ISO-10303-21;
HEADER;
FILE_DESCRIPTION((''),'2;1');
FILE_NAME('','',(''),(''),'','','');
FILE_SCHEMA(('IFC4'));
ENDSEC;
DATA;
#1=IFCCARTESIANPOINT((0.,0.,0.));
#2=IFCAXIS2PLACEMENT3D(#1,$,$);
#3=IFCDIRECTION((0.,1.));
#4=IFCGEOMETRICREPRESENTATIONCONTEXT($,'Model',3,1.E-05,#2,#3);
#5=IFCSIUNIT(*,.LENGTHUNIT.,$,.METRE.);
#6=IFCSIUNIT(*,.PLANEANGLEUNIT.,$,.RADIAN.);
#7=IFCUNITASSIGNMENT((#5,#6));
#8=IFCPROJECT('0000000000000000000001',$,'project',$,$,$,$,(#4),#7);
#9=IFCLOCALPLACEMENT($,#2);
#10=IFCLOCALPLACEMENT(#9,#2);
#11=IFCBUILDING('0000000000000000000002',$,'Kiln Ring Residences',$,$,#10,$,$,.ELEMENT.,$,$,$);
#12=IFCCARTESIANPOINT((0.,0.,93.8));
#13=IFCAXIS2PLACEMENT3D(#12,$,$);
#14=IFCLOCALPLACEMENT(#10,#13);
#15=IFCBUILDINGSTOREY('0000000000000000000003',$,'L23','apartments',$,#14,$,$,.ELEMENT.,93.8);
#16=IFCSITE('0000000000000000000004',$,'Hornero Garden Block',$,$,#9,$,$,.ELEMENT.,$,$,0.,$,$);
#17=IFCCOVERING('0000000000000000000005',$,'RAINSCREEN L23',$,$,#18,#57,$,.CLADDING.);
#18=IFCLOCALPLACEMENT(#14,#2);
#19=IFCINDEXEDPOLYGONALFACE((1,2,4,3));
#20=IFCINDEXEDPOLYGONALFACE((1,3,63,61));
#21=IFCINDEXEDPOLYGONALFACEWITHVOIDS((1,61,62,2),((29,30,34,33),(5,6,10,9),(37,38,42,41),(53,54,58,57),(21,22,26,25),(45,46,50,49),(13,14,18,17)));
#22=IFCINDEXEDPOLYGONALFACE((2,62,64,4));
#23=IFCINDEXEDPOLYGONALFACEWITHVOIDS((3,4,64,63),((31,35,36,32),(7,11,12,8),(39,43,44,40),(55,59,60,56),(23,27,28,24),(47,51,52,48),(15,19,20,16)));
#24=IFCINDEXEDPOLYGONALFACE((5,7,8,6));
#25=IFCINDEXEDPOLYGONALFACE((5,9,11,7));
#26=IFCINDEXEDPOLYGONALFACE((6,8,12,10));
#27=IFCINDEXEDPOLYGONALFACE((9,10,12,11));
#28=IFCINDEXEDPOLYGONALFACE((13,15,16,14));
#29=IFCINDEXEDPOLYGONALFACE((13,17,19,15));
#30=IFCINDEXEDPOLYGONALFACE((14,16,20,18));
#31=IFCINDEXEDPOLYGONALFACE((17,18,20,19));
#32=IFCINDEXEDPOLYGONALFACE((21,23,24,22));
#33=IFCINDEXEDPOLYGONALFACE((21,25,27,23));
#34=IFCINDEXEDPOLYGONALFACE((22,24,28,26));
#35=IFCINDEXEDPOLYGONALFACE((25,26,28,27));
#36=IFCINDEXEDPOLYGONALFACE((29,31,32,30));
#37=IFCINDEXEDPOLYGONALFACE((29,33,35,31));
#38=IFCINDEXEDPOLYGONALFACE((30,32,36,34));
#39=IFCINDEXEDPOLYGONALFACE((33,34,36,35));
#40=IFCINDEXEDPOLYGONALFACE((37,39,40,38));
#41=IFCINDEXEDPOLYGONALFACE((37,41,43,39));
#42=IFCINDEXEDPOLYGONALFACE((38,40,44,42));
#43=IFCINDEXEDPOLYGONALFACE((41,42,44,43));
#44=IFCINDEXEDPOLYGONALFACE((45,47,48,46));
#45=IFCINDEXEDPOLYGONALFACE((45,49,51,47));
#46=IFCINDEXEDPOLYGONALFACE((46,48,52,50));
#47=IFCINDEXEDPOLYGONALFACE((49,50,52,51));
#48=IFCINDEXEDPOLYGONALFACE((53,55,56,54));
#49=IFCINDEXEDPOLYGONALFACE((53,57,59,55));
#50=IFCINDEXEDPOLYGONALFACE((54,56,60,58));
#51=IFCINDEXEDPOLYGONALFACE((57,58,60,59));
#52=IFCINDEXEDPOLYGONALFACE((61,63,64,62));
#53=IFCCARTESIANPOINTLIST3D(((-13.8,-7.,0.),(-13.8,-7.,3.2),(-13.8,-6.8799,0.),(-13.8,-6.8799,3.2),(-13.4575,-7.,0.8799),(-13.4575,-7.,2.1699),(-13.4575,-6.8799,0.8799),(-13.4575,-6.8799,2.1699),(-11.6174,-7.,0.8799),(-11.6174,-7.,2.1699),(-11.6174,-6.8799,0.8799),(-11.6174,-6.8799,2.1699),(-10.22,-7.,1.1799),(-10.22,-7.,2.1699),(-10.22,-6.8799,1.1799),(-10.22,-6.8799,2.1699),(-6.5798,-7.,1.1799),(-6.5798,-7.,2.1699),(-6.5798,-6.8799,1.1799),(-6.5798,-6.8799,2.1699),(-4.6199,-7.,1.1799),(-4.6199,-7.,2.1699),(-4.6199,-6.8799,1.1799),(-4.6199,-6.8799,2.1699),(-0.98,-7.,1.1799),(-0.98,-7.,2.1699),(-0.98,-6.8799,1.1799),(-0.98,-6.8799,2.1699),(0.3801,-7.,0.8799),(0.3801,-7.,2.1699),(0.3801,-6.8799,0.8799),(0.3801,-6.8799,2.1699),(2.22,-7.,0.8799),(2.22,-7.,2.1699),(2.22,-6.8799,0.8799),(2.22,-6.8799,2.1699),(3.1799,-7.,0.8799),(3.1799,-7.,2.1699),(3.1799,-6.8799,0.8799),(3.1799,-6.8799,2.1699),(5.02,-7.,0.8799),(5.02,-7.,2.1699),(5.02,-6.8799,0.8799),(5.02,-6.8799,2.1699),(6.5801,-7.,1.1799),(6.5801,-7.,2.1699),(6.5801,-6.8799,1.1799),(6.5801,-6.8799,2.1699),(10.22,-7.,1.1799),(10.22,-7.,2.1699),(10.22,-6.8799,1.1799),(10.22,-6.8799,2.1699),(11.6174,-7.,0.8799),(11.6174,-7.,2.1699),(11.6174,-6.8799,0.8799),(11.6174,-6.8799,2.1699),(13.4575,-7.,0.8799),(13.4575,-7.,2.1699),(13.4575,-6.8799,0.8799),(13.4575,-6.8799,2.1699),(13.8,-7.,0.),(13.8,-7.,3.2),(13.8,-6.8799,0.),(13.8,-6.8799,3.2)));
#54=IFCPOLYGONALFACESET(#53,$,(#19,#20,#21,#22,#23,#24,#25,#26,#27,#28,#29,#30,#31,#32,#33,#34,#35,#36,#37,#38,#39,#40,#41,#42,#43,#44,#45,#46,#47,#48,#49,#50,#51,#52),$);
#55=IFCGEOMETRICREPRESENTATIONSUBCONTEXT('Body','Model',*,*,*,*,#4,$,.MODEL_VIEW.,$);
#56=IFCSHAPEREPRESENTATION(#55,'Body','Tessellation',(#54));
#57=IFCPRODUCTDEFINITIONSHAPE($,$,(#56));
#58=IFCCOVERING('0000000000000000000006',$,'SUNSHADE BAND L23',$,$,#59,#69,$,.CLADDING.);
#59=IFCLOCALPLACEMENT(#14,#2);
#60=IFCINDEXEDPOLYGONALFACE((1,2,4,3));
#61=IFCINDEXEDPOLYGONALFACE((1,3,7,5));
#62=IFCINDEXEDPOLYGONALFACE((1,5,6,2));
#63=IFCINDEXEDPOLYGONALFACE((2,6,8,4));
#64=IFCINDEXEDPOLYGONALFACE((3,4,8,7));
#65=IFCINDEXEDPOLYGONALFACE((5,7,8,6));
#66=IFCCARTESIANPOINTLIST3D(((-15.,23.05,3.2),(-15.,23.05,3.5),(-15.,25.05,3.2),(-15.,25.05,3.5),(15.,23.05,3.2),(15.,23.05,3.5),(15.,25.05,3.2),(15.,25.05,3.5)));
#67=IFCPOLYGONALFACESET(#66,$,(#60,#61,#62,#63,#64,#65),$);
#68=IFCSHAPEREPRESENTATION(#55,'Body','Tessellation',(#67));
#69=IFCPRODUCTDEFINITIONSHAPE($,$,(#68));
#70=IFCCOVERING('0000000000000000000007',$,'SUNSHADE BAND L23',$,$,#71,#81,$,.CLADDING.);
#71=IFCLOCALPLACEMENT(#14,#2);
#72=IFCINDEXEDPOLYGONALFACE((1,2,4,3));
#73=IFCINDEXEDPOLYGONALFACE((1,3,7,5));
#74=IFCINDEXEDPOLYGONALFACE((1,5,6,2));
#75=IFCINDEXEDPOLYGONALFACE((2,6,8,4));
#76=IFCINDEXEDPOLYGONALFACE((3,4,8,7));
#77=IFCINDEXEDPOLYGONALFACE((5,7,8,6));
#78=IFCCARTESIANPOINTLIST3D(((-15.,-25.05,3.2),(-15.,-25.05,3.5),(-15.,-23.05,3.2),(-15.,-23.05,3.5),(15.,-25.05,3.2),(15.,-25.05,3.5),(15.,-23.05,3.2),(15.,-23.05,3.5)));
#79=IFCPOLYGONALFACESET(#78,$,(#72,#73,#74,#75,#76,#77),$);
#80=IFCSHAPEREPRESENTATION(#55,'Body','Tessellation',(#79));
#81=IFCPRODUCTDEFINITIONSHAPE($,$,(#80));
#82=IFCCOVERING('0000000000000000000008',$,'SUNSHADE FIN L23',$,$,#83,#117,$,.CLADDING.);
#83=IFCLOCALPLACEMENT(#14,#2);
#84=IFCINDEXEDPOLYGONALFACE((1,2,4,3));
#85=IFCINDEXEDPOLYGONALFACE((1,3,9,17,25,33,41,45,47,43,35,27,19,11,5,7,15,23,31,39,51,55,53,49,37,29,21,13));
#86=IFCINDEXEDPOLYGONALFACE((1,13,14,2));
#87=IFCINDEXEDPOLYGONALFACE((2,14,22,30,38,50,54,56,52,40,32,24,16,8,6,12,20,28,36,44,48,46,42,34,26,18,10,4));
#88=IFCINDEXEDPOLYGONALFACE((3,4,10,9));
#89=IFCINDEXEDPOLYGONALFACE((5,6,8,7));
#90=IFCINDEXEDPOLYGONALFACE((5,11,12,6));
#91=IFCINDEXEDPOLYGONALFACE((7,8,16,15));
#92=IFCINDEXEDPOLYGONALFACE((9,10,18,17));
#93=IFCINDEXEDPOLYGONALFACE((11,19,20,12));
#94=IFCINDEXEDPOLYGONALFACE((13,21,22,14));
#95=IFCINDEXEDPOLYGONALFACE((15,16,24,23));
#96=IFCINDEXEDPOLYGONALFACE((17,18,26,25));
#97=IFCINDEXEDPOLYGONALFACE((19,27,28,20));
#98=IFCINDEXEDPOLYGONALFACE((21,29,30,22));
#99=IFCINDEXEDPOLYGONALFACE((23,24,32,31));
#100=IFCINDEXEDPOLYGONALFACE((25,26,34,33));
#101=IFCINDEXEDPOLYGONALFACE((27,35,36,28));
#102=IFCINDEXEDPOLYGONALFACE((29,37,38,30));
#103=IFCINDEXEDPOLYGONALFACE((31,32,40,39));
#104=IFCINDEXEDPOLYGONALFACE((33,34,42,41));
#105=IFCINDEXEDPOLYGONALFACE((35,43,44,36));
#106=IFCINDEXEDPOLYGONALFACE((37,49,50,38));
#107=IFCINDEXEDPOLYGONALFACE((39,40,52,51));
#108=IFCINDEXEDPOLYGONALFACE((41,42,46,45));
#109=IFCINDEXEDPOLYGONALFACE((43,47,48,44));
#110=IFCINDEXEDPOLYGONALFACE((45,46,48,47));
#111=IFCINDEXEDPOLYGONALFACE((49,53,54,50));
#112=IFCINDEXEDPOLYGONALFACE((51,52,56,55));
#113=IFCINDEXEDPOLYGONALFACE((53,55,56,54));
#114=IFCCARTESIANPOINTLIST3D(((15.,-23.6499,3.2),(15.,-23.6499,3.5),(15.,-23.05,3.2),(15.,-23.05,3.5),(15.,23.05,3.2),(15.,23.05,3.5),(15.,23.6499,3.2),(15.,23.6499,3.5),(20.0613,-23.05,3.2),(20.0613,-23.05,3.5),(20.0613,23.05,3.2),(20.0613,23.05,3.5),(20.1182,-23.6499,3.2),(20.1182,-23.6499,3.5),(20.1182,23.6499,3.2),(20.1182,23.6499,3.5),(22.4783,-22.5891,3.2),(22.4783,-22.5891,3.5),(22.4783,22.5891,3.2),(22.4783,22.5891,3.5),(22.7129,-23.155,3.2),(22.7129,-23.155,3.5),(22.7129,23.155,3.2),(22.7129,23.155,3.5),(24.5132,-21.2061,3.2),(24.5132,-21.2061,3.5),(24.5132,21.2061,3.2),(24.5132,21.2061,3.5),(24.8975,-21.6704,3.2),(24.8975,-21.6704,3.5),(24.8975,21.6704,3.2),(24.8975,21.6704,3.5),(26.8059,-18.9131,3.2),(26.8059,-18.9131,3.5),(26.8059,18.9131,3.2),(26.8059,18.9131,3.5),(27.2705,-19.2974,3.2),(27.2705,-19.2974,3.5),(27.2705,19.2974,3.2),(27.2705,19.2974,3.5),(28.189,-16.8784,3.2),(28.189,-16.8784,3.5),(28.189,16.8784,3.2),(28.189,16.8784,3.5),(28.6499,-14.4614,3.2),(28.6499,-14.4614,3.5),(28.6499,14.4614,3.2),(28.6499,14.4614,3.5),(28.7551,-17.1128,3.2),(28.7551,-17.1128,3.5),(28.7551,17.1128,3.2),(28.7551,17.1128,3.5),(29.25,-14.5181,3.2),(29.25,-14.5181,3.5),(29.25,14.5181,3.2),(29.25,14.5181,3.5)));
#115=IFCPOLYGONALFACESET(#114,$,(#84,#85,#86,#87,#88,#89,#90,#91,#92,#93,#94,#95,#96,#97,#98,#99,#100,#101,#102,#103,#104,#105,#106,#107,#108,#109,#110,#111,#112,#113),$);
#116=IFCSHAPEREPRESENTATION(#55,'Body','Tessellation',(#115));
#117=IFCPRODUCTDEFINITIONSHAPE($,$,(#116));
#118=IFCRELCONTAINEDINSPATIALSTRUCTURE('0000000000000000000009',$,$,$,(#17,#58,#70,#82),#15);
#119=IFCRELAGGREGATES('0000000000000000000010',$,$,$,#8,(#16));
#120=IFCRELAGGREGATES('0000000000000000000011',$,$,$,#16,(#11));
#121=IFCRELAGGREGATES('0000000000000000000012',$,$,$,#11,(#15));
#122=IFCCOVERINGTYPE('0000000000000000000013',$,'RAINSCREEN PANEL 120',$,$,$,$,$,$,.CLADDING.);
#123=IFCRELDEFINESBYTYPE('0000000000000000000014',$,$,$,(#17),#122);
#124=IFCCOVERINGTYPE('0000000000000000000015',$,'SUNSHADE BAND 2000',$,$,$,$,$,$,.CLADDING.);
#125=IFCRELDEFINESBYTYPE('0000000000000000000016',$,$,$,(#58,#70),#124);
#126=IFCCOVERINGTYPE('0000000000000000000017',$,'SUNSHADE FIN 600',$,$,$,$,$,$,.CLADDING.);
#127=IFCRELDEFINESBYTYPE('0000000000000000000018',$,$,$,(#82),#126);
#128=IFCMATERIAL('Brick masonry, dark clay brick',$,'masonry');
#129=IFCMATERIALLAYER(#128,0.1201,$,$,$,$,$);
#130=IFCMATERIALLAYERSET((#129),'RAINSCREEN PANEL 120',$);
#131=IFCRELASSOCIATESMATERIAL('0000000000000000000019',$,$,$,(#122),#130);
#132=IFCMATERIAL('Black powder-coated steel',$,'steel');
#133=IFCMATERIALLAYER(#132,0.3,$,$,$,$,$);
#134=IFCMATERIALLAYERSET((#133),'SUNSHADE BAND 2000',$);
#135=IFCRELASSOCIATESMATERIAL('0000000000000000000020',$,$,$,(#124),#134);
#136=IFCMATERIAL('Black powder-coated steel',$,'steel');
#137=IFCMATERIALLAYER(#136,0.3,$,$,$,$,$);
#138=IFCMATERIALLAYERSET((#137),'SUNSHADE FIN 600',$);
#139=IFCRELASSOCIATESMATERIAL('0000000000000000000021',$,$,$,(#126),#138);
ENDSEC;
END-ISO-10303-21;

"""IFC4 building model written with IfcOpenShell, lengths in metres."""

from ifc_helpers import new_model, si_unit, direction, frame, origin, place, context, subcontext, project, spatial, polyline, outline, extrude, material, layer, layer_set, type_object, element, save


model = new_model("IFC4")

# Units and contexts
model_context = context("Model", 3, precision=1e-05, world=origin(), true_north=direction((0.0, 1.0)))
body_context = subcontext(model_context, "Body", "Model", "MODEL_VIEW")
ifc_project = project(units=[si_unit("LENGTHUNIT", "METRE"), si_unit("PLANEANGLEUNIT", "RADIAN")], contexts=[model_context])

# Site, building, storey
site_placement = place(None, origin())
site = spatial("IfcSite", under=ifc_project, at=site_placement, Name="Hornero Garden Block", CompositionType="ELEMENT", RefElevation=0.0)
building_placement = place(site_placement, origin())
building = spatial("IfcBuilding", under=site, at=building_placement, Name="Kiln Ring Residences", CompositionType="ELEMENT")
storey_placement = place(building_placement, frame((0.0, 0.0, 93.8)))
storey = spatial("IfcBuildingStorey", under=building, at=storey_placement, Name="L23", Description="apartments", CompositionType="ELEMENT", Elevation=93.8)

# Coverings
ifc_material_1 = material(Name="Brick masonry, dark clay brick", Category="masonry")
ifc_layer_1 = layer(ifc_material_1, 0.1201)
ifc_layer_set_1 = layer_set([ifc_layer_1], Name="RAINSCREEN PANEL 120")
covering_type_1 = type_object("IfcCoveringType", Name="RAINSCREEN PANEL 120", PredefinedType="CLADDING", material=ifc_layer_set_1)
covering_1_placement = place(storey_placement, frame((13.8, -6.9399, 0.0), z_axis=(0.0, 0.0, 1.0), x_axis=(-1.0, 0.0, 0.0)))
element("IfcCovering", 1, at=covering_1_placement, inside=storey, type_object=covering_type_1, Name="RAINSCREEN L23", PredefinedType="CLADDING", context=body_context, shape_type="SweptSolid", body=[
    extrude(outline(polyline([(0.0, 0.0), (27.6001, 0.0), (27.6001, 3.2), (0.0, 3.2), (0.0, 0.0)]), holes=[polyline([(2.1826, 0.8799), (2.1826, 2.1699), (0.3425, 2.1699), (0.3425, 0.8799), (2.1826, 0.8799)]), polyline([(8.78, 0.8799), (10.6201, 0.8799), (10.6201, 2.1699), (8.78, 2.1699), (8.78, 0.8799)]), polyline([(11.5801, 0.8799), (13.4199, 0.8799), (13.4199, 2.1699), (11.5801, 2.1699), (11.5801, 0.8799)]), polyline([(25.4175, 0.8799), (27.2576, 0.8799), (27.2576, 2.1699), (25.4175, 2.1699), (25.4175, 0.8799)]), polyline([(3.5801, 1.1799), (7.22, 1.1799), (7.22, 2.1699), (3.5801, 2.1699), (3.5801, 1.1799)]), polyline([(14.78, 1.1799), (18.4199, 1.1799), (18.4199, 2.1699), (14.78, 2.1699), (14.78, 1.1799)]), polyline([(20.3799, 1.1799), (24.02, 1.1799), (24.02, 2.1699), (20.3799, 2.1699), (20.3799, 1.1799)])]), frame((0.0, 0.0601, 0.0), z_axis=(0.0, -1.0, 0.0), x_axis=(1.0, 0.0, 0.0)), (0.0, 0.0, 1.0), 0.1201),
])
ifc_material_2 = material(Name="Black powder-coated steel", Category="steel")
ifc_layer_2 = layer(ifc_material_2, 0.3)
ifc_layer_set_2 = layer_set([ifc_layer_2], Name="SUNSHADE BAND 2000")
covering_type_2 = type_object("IfcCoveringType", Name="SUNSHADE BAND 2000", PredefinedType="CLADDING", material=ifc_layer_set_2)
placement = place(storey_placement, frame((0.0, 0.0, 3.2)))
element("IfcCovering", 2, at=placement, inside=storey, type_object=covering_type_2, Name="SUNSHADE BAND L23", PredefinedType="CLADDING", context=body_context, shape_type="SweptSolid", body=[
    extrude(outline(polyline([(15.0, 25.05), (-15.0, 25.05), (-15.0, 23.05), (15.0, 23.05), (15.0, 25.05)])), origin(), (0.0, 0.0, 1.0), 0.3),
])
element("IfcCovering", 3, at=placement, inside=storey, type_object=covering_type_2, Name="SUNSHADE BAND L23", PredefinedType="CLADDING", context=body_context, shape_type="SweptSolid", body=[
    extrude(outline(polyline([(-15.0, -25.05), (15.0, -25.05), (15.0, -23.05), (-15.0, -23.05), (-15.0, -25.05)])), origin(), (0.0, 0.0, 1.0), 0.3),
])
ifc_material_3 = material(Name="Black powder-coated steel", Category="steel")
ifc_layer_3 = layer(ifc_material_3, 0.3)
ifc_layer_set_3 = layer_set([ifc_layer_3], Name="SUNSHADE FIN 600")
covering_type_3 = type_object("IfcCoveringType", Name="SUNSHADE FIN 600", PredefinedType="CLADDING", material=ifc_layer_set_3)
element("IfcCovering", 4, at=placement, inside=storey, type_object=covering_type_3, Name="SUNSHADE FIN L23", PredefinedType="CLADDING", context=body_context, shape_type="SweptSolid", body=[
    extrude(outline(polyline([(20.1182, 23.6499), (15.0, 23.6499), (15.0, 23.05), (20.0613, 23.05), (22.4783, 22.5891), (24.5132, 21.2061), (26.8059, 18.9131), (28.189, 16.8784), (28.6499, 14.4614), (28.6499, -14.4614), (28.189, -16.8784), (26.8059, -18.9131), (24.5132, -21.2061), (22.4783, -22.5891), (20.0613, -23.05), (15.0, -23.05), (15.0, -23.6499), (20.1182, -23.6499), (22.7129, -23.155), (24.8975, -21.6704), (27.2705, -19.2974), (28.7551, -17.1128), (29.25, -14.5181), (29.25, 14.5181), (28.7551, 17.1128), (27.2705, 19.2974), (24.8975, 21.6704), (22.7129, 23.155), (20.1182, 23.6499)])), origin(), (0.0, 0.0, 1.0), 0.3),
])

save(model, "model.ifc")
